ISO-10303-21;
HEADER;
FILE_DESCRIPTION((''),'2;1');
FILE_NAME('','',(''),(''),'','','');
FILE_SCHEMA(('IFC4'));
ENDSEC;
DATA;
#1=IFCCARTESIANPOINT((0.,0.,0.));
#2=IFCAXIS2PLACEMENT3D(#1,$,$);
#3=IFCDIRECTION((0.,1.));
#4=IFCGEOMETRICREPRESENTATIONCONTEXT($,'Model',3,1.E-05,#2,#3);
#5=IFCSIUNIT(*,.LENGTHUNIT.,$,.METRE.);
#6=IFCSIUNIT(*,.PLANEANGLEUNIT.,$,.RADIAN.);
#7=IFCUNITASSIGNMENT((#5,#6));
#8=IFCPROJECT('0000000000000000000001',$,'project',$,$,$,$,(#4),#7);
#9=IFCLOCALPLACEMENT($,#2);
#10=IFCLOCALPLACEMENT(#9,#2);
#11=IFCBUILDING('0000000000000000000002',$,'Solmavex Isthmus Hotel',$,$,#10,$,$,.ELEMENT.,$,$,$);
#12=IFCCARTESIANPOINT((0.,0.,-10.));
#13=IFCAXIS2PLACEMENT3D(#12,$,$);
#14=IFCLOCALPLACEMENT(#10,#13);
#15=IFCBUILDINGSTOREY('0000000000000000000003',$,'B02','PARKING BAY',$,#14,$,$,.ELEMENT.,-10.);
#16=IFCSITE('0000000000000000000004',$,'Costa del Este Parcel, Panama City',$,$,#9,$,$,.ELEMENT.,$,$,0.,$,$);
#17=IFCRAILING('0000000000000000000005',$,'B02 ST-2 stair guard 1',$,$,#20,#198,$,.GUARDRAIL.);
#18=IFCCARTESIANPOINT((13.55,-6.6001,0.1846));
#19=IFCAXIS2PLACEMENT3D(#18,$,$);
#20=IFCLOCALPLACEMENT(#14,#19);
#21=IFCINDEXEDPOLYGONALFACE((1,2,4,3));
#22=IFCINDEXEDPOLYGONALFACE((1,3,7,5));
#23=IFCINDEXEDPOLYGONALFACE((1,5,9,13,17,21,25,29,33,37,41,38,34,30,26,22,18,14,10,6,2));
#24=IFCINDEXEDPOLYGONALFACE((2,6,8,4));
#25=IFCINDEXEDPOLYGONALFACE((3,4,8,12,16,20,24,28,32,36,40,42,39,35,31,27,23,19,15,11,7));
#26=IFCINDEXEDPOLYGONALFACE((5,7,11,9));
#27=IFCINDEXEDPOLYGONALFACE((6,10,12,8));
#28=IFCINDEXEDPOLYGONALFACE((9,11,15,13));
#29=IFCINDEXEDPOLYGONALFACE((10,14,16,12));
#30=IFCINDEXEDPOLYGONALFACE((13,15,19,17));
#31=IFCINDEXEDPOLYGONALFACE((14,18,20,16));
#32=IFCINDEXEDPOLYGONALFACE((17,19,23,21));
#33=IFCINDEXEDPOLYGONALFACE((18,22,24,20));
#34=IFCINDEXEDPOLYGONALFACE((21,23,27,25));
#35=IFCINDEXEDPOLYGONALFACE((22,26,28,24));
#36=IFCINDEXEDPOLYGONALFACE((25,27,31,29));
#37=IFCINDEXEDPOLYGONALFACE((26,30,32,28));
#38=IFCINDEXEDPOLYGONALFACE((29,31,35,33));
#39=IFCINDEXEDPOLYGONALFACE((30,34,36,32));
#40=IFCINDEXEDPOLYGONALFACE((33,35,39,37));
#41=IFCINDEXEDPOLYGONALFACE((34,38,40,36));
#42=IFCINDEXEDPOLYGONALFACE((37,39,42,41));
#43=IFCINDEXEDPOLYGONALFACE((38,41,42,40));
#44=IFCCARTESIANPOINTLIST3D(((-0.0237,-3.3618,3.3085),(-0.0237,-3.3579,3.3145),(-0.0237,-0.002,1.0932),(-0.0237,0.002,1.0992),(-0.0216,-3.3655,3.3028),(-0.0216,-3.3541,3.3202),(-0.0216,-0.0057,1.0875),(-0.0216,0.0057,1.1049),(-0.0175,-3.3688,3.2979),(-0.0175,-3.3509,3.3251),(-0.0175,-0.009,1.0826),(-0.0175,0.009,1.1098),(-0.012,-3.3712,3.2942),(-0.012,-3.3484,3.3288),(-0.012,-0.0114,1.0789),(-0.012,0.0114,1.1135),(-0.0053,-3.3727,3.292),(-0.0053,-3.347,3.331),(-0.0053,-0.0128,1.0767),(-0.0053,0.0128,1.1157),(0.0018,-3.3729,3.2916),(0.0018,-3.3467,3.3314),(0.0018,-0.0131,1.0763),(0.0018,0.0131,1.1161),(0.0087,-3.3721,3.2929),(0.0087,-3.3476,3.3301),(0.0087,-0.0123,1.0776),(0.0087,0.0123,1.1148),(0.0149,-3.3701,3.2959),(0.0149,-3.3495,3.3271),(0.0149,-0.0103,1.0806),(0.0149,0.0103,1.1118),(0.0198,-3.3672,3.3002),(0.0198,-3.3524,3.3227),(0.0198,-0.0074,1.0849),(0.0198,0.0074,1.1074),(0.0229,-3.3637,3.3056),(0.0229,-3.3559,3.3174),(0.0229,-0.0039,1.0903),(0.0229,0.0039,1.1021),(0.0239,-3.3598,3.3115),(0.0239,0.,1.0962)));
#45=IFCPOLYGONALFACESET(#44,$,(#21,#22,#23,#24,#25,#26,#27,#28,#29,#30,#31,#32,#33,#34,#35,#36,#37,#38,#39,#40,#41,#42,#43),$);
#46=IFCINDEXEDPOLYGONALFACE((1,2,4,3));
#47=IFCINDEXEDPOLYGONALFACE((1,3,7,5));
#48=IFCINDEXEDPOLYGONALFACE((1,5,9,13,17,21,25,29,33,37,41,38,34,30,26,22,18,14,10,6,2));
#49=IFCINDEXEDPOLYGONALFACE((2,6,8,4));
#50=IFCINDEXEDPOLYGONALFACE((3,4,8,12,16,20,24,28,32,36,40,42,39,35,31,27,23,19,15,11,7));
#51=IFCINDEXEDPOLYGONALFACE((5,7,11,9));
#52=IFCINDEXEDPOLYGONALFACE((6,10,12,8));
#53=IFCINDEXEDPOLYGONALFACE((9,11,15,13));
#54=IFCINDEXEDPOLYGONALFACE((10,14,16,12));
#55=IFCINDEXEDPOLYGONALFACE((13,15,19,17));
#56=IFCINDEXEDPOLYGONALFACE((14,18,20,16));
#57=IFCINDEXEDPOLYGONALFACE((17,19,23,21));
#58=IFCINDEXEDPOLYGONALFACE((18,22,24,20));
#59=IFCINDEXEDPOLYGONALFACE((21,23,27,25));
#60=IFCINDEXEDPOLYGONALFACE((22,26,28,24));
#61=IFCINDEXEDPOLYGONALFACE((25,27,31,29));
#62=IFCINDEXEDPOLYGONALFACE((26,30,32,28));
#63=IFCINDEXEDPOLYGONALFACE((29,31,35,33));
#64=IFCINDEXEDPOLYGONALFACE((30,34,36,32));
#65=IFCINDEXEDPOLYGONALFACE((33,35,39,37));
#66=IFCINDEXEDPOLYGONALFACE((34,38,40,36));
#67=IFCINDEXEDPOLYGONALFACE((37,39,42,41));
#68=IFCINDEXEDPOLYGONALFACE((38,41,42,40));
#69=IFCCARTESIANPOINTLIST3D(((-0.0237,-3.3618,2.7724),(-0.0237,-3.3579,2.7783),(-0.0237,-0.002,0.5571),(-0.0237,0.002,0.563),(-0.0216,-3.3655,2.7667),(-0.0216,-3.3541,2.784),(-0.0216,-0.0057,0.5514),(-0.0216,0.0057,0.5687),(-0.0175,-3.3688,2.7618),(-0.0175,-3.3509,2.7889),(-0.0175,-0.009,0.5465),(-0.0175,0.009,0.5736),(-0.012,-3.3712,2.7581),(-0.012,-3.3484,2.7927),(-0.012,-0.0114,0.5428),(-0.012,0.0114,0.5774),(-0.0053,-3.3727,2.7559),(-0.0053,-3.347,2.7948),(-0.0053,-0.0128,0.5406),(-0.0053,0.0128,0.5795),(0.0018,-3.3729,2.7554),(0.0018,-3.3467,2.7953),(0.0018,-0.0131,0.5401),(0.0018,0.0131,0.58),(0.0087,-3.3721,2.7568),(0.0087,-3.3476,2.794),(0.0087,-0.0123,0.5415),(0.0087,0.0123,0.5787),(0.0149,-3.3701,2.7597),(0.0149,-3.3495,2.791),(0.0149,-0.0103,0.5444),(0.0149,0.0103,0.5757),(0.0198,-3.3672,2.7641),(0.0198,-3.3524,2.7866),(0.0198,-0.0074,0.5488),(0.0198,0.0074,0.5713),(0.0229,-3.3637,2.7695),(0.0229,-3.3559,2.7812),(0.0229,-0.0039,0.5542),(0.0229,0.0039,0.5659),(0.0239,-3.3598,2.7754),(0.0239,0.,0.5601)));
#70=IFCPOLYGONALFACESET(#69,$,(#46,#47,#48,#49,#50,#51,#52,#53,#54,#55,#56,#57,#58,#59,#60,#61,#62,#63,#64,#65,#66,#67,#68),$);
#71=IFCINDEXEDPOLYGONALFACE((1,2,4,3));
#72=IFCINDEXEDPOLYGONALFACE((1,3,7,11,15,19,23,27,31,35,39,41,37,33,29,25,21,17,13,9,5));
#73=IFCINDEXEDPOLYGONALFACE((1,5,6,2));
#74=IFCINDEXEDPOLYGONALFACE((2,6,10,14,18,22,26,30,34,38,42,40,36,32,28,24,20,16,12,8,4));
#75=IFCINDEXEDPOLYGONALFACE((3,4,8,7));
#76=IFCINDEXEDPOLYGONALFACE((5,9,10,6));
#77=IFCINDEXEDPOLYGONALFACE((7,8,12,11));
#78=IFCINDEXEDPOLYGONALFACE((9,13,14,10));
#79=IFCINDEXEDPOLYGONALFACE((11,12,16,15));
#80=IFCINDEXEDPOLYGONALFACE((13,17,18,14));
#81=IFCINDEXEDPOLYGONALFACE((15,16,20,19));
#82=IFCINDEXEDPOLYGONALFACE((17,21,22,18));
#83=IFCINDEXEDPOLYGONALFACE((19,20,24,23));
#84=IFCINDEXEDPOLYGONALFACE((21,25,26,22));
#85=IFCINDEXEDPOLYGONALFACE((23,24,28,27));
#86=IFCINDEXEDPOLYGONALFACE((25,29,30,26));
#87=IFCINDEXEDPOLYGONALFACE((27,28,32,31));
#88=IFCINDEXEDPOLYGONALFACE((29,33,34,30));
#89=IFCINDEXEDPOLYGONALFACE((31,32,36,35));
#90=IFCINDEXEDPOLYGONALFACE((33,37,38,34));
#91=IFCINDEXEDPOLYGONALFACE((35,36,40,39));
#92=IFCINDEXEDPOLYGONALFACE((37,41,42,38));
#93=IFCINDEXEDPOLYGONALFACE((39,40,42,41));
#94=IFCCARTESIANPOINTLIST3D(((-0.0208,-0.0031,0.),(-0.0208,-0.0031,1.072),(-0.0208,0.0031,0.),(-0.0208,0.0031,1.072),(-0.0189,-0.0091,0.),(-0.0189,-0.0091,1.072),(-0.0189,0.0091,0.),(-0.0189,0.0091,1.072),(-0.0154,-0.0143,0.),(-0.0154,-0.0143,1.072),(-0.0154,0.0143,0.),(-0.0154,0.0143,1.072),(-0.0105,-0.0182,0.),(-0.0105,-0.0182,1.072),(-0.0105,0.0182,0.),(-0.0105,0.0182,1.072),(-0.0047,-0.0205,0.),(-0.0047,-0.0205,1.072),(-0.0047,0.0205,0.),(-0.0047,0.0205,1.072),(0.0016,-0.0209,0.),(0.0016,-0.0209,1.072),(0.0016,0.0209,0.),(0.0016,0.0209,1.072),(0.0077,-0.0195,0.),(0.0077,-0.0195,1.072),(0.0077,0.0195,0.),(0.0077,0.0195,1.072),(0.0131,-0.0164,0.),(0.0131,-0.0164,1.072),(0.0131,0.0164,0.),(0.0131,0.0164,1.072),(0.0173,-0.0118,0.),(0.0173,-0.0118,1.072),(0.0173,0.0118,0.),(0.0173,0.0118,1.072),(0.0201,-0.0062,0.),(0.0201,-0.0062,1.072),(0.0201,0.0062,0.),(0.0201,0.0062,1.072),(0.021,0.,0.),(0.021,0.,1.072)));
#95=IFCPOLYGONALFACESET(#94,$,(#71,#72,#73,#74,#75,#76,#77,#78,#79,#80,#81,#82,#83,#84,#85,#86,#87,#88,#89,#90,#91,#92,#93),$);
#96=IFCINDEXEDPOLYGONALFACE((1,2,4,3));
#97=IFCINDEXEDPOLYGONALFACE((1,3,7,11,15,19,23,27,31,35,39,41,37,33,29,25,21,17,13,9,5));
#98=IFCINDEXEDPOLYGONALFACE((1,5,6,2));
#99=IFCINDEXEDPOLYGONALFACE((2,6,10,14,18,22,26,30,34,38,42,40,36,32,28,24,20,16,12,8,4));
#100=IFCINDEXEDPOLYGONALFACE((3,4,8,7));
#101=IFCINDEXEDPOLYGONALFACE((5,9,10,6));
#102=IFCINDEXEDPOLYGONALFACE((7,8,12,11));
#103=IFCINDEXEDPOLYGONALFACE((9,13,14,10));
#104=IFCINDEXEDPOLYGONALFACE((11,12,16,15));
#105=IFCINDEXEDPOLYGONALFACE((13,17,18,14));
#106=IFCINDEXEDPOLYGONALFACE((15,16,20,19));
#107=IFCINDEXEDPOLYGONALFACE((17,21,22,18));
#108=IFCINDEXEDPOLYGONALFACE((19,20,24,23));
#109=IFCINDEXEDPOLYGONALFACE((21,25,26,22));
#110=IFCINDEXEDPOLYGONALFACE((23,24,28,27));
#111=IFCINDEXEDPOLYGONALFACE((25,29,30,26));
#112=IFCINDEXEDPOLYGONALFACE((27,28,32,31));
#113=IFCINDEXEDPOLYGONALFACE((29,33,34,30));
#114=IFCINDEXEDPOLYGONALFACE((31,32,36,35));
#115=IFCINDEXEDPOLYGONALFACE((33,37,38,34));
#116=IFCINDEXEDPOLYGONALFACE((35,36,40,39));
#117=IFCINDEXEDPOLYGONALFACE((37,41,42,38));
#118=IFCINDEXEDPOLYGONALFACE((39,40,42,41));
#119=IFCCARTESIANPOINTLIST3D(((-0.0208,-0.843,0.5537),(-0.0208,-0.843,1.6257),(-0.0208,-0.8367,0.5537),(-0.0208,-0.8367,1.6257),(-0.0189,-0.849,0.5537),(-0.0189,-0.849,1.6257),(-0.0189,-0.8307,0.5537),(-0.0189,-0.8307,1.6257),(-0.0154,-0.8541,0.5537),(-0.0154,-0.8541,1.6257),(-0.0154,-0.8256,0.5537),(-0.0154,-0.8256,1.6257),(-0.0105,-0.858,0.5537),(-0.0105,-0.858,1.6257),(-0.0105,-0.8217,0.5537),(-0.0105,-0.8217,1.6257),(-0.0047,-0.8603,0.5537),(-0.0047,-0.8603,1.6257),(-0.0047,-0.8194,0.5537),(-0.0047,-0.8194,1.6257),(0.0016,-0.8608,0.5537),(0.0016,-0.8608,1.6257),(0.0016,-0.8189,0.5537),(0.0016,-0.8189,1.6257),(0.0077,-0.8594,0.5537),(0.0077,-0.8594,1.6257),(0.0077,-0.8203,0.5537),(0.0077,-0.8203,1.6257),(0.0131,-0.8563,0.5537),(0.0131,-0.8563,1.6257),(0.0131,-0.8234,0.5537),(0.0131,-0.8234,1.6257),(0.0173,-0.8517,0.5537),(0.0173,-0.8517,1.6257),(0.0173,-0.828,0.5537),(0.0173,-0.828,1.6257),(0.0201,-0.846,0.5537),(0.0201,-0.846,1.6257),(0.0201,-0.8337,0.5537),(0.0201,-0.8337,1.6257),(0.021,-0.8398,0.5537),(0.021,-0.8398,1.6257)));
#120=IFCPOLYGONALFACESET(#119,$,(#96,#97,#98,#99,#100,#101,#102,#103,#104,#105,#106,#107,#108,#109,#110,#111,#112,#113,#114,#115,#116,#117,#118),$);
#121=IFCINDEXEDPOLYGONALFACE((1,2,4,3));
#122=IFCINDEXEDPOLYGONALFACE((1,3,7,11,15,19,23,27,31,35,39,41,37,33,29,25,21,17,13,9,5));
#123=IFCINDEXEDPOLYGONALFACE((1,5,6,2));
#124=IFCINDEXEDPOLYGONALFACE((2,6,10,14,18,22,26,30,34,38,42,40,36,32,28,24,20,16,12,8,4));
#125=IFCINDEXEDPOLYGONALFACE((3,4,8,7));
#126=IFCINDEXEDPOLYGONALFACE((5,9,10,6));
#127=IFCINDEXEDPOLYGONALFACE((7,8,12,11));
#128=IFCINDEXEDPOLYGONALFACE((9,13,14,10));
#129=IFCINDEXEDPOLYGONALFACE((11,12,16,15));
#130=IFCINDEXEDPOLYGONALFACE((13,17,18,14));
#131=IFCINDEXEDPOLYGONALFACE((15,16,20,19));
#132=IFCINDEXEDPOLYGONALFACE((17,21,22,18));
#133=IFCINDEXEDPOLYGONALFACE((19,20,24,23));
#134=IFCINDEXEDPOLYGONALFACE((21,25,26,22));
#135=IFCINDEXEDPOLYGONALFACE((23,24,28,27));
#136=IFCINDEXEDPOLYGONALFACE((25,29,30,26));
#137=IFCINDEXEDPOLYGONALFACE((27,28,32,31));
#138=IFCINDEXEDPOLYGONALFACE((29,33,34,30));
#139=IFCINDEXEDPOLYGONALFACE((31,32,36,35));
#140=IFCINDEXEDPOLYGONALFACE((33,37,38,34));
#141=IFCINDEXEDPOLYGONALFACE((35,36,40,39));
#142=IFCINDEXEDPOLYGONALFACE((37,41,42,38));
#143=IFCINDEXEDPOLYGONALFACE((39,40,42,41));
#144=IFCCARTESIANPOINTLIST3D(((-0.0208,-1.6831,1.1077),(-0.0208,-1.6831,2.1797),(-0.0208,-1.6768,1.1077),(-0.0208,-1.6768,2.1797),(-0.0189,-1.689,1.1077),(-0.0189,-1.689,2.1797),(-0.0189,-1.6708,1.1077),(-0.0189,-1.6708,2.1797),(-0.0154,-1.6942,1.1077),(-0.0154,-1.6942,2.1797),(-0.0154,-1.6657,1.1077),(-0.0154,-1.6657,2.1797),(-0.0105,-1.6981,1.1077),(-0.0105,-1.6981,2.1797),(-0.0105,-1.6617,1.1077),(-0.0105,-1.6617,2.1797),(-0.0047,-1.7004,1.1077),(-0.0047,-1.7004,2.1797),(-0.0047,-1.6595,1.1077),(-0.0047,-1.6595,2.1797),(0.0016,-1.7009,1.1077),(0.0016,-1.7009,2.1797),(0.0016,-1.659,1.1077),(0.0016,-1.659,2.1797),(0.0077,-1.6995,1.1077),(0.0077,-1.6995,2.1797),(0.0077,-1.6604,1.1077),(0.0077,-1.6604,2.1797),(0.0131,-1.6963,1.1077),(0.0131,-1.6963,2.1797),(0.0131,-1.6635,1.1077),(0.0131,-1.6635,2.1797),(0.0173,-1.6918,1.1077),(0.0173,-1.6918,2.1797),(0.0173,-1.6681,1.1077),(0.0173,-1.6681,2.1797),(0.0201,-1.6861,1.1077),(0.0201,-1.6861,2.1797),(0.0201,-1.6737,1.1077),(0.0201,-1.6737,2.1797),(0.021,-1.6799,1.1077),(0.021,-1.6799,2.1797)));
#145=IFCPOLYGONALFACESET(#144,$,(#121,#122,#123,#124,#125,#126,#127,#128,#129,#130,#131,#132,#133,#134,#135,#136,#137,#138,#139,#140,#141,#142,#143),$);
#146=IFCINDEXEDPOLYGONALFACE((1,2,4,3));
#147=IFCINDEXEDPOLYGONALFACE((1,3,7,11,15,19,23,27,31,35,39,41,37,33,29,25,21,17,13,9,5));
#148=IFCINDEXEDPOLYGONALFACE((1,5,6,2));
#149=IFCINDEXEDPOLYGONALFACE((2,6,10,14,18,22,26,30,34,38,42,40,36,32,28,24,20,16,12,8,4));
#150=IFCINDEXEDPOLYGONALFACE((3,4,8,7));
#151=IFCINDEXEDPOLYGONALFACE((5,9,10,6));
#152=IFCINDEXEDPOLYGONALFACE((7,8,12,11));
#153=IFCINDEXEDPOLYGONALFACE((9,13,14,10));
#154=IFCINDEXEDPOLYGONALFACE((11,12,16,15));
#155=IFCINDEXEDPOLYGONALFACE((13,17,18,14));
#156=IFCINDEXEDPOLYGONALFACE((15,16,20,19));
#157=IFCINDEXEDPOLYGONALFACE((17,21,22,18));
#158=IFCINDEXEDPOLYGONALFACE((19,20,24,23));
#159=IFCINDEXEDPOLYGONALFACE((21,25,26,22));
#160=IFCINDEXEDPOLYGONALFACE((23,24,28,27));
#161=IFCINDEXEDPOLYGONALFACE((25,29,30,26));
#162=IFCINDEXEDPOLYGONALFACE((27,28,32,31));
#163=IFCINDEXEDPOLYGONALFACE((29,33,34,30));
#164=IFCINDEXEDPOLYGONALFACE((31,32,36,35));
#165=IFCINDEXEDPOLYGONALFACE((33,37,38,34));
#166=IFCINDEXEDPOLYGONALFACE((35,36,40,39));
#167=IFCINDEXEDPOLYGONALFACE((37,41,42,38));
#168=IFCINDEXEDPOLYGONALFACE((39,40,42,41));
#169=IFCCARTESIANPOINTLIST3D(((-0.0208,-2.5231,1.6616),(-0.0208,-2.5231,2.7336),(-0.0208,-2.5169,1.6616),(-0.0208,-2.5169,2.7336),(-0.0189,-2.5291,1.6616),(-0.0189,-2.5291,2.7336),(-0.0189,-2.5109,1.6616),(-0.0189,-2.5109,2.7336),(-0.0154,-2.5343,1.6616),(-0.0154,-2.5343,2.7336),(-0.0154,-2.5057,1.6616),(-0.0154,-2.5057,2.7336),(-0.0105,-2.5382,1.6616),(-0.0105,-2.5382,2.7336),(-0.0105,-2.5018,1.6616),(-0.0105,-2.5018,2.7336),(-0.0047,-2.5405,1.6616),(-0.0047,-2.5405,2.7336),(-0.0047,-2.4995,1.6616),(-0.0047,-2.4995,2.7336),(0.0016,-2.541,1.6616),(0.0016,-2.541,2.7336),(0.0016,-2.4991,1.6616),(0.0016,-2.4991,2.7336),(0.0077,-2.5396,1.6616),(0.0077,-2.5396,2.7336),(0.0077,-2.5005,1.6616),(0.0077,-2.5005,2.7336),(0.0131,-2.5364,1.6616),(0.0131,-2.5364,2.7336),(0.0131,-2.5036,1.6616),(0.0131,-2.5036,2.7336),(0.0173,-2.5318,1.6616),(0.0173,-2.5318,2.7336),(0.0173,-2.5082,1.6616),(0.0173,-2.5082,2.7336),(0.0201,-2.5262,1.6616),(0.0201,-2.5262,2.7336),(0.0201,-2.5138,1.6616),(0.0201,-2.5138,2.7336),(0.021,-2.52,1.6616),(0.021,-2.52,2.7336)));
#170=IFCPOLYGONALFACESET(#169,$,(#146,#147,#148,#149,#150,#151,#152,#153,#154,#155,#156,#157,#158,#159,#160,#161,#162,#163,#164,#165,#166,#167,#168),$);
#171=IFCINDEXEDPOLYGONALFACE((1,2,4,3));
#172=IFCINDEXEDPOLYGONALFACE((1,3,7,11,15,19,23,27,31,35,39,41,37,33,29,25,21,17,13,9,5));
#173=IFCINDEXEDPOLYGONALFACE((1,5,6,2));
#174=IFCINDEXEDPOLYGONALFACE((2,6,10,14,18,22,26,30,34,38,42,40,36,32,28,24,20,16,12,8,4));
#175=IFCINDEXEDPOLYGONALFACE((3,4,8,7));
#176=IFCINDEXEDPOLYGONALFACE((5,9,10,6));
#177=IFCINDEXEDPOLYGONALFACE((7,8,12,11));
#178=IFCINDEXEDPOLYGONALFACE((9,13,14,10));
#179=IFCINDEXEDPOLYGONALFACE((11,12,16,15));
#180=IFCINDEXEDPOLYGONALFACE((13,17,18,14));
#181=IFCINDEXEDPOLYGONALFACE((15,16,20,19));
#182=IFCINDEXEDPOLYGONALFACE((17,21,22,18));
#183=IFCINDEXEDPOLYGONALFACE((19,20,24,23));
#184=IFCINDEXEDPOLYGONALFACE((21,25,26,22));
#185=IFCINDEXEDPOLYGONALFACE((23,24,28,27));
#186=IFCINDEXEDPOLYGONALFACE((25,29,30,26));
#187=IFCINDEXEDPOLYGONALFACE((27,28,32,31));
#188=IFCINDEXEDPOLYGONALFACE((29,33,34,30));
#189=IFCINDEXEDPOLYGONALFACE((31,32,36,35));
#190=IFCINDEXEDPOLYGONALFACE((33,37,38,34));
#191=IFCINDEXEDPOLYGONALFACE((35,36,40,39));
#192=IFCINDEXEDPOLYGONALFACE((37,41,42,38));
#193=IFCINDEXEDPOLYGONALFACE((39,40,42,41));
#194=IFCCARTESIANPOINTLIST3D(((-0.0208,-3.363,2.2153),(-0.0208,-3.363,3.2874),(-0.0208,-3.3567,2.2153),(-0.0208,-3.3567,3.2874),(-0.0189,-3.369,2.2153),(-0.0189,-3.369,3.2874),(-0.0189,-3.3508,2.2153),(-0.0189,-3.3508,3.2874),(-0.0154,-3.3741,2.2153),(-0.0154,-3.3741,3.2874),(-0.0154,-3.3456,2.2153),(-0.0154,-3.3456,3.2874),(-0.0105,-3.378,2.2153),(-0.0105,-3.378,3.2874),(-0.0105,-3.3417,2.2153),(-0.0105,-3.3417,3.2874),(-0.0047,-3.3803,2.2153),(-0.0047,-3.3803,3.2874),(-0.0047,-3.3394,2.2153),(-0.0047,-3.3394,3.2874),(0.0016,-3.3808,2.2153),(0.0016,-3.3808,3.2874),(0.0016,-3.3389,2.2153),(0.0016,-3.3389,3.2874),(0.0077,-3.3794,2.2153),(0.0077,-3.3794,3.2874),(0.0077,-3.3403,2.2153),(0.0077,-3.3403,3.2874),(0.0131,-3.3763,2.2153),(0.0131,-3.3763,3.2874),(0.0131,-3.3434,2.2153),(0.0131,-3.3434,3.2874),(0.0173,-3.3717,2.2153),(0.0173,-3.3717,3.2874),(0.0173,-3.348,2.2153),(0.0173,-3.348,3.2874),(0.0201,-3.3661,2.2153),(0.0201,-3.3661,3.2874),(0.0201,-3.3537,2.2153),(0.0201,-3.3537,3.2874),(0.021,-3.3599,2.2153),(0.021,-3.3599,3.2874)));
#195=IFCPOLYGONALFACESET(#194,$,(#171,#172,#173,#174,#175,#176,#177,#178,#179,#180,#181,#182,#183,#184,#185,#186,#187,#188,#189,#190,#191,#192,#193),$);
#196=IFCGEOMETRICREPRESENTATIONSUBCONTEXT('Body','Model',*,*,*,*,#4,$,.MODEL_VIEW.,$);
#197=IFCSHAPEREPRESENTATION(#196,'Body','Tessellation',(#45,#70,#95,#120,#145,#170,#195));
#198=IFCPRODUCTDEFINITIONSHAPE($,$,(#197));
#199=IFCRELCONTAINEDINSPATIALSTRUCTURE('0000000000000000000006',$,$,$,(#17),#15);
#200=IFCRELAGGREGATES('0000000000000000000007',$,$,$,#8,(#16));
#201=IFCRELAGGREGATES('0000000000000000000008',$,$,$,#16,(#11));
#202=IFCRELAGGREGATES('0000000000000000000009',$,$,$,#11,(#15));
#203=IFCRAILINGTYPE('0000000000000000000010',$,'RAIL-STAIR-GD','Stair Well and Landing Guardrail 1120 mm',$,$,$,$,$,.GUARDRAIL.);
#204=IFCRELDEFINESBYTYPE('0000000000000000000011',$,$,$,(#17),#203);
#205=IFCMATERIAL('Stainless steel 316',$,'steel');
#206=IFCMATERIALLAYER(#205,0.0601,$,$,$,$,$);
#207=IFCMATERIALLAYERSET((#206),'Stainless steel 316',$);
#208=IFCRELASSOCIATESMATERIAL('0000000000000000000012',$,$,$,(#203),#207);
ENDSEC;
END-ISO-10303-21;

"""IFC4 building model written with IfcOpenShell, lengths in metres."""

from ifc_helpers import new_model, si_unit, direction, frame, origin, origin_2d, place, context, subcontext, project, spatial, circle, extrude, material, layer, layer_set, type_object, element, save


model = new_model("IFC4")

# Units and contexts
model_context = context("Model", 3, precision=1e-05, world=origin(), true_north=direction((0.0, 1.0)))
body_context = subcontext(model_context, "Body", "Model", "MODEL_VIEW")
ifc_project = project(units=[si_unit("LENGTHUNIT", "METRE"), si_unit("PLANEANGLEUNIT", "RADIAN")], contexts=[model_context])

# Site, building, storey
site_placement = place(None, origin())
site = spatial("IfcSite", under=ifc_project, at=site_placement, Name="Costa del Este Parcel, Panama City", CompositionType="ELEMENT", RefElevation=0.0)
building_placement = place(site_placement, origin())
building = spatial("IfcBuilding", under=site, at=building_placement, Name="Solmavex Isthmus Hotel", CompositionType="ELEMENT")
storey_placement = place(building_placement, frame((0.0, 0.0, -10.0)))
storey = spatial("IfcBuildingStorey", under=building, at=storey_placement, Name="B02", Description="PARKING BAY", CompositionType="ELEMENT", Elevation=-10.0)

# Railing
ifc_material_1 = material(Name="Stainless steel 316", Category="steel")
ifc_layer_1 = layer(ifc_material_1, 0.0601)
ifc_layer_set_1 = layer_set([ifc_layer_1], Name="Stainless steel 316")
railing_type_1 = type_object("IfcRailingType", Name="RAIL-STAIR-GD", Description="Stair Well and Landing Guardrail 1120 mm", PredefinedType="GUARDRAIL", material=ifc_layer_set_1)
railing_1_placement = place(storey_placement, frame((13.55, -6.6001, 0.1846)))
element("IfcRailing", 1, at=railing_1_placement, inside=storey, type_object=railing_type_1, Name="B02 ST-2 stair guard 1", PredefinedType="GUARDRAIL", context=body_context, shape_type="SweptSolid", body=[
    extrude(circle(Radius=0.0239, at=origin_2d()), frame((0.0, 0.0, 1.0962), z_axis=(0.0, -0.834858, 0.550465), x_axis=(1.0, 0.0, 0.0)), (0.0, 0.0, 1.0), 4.0244),
    extrude(circle(Radius=0.0239, at=origin_2d()), frame((0.0, 0.0, 0.5601), z_axis=(0.0, -0.834858, 0.550465), x_axis=(1.0, 0.0, 0.0)), (0.0, 0.0, 1.0), 4.0244),
    extrude(circle(Radius=0.021, at=origin_2d()), origin(), (0.0, 0.0, 1.0), 1.072),
    extrude(circle(Radius=0.021, at=origin_2d()), frame((0.0, -0.8398, 0.5537)), (0.0, 0.0, 1.0), 1.072),
    extrude(circle(Radius=0.021, at=origin_2d()), frame((0.0, -1.6799, 1.1077)), (0.0, 0.0, 1.0), 1.072),
    extrude(circle(Radius=0.021, at=origin_2d()), frame((0.0, -2.52, 1.6616)), (0.0, 0.0, 1.0), 1.072),
    extrude(circle(Radius=0.021, at=origin_2d()), frame((0.0, -3.3599, 2.2153)), (0.0, 0.0, 1.0), 1.072),
])

save(model, "model.ifc")
